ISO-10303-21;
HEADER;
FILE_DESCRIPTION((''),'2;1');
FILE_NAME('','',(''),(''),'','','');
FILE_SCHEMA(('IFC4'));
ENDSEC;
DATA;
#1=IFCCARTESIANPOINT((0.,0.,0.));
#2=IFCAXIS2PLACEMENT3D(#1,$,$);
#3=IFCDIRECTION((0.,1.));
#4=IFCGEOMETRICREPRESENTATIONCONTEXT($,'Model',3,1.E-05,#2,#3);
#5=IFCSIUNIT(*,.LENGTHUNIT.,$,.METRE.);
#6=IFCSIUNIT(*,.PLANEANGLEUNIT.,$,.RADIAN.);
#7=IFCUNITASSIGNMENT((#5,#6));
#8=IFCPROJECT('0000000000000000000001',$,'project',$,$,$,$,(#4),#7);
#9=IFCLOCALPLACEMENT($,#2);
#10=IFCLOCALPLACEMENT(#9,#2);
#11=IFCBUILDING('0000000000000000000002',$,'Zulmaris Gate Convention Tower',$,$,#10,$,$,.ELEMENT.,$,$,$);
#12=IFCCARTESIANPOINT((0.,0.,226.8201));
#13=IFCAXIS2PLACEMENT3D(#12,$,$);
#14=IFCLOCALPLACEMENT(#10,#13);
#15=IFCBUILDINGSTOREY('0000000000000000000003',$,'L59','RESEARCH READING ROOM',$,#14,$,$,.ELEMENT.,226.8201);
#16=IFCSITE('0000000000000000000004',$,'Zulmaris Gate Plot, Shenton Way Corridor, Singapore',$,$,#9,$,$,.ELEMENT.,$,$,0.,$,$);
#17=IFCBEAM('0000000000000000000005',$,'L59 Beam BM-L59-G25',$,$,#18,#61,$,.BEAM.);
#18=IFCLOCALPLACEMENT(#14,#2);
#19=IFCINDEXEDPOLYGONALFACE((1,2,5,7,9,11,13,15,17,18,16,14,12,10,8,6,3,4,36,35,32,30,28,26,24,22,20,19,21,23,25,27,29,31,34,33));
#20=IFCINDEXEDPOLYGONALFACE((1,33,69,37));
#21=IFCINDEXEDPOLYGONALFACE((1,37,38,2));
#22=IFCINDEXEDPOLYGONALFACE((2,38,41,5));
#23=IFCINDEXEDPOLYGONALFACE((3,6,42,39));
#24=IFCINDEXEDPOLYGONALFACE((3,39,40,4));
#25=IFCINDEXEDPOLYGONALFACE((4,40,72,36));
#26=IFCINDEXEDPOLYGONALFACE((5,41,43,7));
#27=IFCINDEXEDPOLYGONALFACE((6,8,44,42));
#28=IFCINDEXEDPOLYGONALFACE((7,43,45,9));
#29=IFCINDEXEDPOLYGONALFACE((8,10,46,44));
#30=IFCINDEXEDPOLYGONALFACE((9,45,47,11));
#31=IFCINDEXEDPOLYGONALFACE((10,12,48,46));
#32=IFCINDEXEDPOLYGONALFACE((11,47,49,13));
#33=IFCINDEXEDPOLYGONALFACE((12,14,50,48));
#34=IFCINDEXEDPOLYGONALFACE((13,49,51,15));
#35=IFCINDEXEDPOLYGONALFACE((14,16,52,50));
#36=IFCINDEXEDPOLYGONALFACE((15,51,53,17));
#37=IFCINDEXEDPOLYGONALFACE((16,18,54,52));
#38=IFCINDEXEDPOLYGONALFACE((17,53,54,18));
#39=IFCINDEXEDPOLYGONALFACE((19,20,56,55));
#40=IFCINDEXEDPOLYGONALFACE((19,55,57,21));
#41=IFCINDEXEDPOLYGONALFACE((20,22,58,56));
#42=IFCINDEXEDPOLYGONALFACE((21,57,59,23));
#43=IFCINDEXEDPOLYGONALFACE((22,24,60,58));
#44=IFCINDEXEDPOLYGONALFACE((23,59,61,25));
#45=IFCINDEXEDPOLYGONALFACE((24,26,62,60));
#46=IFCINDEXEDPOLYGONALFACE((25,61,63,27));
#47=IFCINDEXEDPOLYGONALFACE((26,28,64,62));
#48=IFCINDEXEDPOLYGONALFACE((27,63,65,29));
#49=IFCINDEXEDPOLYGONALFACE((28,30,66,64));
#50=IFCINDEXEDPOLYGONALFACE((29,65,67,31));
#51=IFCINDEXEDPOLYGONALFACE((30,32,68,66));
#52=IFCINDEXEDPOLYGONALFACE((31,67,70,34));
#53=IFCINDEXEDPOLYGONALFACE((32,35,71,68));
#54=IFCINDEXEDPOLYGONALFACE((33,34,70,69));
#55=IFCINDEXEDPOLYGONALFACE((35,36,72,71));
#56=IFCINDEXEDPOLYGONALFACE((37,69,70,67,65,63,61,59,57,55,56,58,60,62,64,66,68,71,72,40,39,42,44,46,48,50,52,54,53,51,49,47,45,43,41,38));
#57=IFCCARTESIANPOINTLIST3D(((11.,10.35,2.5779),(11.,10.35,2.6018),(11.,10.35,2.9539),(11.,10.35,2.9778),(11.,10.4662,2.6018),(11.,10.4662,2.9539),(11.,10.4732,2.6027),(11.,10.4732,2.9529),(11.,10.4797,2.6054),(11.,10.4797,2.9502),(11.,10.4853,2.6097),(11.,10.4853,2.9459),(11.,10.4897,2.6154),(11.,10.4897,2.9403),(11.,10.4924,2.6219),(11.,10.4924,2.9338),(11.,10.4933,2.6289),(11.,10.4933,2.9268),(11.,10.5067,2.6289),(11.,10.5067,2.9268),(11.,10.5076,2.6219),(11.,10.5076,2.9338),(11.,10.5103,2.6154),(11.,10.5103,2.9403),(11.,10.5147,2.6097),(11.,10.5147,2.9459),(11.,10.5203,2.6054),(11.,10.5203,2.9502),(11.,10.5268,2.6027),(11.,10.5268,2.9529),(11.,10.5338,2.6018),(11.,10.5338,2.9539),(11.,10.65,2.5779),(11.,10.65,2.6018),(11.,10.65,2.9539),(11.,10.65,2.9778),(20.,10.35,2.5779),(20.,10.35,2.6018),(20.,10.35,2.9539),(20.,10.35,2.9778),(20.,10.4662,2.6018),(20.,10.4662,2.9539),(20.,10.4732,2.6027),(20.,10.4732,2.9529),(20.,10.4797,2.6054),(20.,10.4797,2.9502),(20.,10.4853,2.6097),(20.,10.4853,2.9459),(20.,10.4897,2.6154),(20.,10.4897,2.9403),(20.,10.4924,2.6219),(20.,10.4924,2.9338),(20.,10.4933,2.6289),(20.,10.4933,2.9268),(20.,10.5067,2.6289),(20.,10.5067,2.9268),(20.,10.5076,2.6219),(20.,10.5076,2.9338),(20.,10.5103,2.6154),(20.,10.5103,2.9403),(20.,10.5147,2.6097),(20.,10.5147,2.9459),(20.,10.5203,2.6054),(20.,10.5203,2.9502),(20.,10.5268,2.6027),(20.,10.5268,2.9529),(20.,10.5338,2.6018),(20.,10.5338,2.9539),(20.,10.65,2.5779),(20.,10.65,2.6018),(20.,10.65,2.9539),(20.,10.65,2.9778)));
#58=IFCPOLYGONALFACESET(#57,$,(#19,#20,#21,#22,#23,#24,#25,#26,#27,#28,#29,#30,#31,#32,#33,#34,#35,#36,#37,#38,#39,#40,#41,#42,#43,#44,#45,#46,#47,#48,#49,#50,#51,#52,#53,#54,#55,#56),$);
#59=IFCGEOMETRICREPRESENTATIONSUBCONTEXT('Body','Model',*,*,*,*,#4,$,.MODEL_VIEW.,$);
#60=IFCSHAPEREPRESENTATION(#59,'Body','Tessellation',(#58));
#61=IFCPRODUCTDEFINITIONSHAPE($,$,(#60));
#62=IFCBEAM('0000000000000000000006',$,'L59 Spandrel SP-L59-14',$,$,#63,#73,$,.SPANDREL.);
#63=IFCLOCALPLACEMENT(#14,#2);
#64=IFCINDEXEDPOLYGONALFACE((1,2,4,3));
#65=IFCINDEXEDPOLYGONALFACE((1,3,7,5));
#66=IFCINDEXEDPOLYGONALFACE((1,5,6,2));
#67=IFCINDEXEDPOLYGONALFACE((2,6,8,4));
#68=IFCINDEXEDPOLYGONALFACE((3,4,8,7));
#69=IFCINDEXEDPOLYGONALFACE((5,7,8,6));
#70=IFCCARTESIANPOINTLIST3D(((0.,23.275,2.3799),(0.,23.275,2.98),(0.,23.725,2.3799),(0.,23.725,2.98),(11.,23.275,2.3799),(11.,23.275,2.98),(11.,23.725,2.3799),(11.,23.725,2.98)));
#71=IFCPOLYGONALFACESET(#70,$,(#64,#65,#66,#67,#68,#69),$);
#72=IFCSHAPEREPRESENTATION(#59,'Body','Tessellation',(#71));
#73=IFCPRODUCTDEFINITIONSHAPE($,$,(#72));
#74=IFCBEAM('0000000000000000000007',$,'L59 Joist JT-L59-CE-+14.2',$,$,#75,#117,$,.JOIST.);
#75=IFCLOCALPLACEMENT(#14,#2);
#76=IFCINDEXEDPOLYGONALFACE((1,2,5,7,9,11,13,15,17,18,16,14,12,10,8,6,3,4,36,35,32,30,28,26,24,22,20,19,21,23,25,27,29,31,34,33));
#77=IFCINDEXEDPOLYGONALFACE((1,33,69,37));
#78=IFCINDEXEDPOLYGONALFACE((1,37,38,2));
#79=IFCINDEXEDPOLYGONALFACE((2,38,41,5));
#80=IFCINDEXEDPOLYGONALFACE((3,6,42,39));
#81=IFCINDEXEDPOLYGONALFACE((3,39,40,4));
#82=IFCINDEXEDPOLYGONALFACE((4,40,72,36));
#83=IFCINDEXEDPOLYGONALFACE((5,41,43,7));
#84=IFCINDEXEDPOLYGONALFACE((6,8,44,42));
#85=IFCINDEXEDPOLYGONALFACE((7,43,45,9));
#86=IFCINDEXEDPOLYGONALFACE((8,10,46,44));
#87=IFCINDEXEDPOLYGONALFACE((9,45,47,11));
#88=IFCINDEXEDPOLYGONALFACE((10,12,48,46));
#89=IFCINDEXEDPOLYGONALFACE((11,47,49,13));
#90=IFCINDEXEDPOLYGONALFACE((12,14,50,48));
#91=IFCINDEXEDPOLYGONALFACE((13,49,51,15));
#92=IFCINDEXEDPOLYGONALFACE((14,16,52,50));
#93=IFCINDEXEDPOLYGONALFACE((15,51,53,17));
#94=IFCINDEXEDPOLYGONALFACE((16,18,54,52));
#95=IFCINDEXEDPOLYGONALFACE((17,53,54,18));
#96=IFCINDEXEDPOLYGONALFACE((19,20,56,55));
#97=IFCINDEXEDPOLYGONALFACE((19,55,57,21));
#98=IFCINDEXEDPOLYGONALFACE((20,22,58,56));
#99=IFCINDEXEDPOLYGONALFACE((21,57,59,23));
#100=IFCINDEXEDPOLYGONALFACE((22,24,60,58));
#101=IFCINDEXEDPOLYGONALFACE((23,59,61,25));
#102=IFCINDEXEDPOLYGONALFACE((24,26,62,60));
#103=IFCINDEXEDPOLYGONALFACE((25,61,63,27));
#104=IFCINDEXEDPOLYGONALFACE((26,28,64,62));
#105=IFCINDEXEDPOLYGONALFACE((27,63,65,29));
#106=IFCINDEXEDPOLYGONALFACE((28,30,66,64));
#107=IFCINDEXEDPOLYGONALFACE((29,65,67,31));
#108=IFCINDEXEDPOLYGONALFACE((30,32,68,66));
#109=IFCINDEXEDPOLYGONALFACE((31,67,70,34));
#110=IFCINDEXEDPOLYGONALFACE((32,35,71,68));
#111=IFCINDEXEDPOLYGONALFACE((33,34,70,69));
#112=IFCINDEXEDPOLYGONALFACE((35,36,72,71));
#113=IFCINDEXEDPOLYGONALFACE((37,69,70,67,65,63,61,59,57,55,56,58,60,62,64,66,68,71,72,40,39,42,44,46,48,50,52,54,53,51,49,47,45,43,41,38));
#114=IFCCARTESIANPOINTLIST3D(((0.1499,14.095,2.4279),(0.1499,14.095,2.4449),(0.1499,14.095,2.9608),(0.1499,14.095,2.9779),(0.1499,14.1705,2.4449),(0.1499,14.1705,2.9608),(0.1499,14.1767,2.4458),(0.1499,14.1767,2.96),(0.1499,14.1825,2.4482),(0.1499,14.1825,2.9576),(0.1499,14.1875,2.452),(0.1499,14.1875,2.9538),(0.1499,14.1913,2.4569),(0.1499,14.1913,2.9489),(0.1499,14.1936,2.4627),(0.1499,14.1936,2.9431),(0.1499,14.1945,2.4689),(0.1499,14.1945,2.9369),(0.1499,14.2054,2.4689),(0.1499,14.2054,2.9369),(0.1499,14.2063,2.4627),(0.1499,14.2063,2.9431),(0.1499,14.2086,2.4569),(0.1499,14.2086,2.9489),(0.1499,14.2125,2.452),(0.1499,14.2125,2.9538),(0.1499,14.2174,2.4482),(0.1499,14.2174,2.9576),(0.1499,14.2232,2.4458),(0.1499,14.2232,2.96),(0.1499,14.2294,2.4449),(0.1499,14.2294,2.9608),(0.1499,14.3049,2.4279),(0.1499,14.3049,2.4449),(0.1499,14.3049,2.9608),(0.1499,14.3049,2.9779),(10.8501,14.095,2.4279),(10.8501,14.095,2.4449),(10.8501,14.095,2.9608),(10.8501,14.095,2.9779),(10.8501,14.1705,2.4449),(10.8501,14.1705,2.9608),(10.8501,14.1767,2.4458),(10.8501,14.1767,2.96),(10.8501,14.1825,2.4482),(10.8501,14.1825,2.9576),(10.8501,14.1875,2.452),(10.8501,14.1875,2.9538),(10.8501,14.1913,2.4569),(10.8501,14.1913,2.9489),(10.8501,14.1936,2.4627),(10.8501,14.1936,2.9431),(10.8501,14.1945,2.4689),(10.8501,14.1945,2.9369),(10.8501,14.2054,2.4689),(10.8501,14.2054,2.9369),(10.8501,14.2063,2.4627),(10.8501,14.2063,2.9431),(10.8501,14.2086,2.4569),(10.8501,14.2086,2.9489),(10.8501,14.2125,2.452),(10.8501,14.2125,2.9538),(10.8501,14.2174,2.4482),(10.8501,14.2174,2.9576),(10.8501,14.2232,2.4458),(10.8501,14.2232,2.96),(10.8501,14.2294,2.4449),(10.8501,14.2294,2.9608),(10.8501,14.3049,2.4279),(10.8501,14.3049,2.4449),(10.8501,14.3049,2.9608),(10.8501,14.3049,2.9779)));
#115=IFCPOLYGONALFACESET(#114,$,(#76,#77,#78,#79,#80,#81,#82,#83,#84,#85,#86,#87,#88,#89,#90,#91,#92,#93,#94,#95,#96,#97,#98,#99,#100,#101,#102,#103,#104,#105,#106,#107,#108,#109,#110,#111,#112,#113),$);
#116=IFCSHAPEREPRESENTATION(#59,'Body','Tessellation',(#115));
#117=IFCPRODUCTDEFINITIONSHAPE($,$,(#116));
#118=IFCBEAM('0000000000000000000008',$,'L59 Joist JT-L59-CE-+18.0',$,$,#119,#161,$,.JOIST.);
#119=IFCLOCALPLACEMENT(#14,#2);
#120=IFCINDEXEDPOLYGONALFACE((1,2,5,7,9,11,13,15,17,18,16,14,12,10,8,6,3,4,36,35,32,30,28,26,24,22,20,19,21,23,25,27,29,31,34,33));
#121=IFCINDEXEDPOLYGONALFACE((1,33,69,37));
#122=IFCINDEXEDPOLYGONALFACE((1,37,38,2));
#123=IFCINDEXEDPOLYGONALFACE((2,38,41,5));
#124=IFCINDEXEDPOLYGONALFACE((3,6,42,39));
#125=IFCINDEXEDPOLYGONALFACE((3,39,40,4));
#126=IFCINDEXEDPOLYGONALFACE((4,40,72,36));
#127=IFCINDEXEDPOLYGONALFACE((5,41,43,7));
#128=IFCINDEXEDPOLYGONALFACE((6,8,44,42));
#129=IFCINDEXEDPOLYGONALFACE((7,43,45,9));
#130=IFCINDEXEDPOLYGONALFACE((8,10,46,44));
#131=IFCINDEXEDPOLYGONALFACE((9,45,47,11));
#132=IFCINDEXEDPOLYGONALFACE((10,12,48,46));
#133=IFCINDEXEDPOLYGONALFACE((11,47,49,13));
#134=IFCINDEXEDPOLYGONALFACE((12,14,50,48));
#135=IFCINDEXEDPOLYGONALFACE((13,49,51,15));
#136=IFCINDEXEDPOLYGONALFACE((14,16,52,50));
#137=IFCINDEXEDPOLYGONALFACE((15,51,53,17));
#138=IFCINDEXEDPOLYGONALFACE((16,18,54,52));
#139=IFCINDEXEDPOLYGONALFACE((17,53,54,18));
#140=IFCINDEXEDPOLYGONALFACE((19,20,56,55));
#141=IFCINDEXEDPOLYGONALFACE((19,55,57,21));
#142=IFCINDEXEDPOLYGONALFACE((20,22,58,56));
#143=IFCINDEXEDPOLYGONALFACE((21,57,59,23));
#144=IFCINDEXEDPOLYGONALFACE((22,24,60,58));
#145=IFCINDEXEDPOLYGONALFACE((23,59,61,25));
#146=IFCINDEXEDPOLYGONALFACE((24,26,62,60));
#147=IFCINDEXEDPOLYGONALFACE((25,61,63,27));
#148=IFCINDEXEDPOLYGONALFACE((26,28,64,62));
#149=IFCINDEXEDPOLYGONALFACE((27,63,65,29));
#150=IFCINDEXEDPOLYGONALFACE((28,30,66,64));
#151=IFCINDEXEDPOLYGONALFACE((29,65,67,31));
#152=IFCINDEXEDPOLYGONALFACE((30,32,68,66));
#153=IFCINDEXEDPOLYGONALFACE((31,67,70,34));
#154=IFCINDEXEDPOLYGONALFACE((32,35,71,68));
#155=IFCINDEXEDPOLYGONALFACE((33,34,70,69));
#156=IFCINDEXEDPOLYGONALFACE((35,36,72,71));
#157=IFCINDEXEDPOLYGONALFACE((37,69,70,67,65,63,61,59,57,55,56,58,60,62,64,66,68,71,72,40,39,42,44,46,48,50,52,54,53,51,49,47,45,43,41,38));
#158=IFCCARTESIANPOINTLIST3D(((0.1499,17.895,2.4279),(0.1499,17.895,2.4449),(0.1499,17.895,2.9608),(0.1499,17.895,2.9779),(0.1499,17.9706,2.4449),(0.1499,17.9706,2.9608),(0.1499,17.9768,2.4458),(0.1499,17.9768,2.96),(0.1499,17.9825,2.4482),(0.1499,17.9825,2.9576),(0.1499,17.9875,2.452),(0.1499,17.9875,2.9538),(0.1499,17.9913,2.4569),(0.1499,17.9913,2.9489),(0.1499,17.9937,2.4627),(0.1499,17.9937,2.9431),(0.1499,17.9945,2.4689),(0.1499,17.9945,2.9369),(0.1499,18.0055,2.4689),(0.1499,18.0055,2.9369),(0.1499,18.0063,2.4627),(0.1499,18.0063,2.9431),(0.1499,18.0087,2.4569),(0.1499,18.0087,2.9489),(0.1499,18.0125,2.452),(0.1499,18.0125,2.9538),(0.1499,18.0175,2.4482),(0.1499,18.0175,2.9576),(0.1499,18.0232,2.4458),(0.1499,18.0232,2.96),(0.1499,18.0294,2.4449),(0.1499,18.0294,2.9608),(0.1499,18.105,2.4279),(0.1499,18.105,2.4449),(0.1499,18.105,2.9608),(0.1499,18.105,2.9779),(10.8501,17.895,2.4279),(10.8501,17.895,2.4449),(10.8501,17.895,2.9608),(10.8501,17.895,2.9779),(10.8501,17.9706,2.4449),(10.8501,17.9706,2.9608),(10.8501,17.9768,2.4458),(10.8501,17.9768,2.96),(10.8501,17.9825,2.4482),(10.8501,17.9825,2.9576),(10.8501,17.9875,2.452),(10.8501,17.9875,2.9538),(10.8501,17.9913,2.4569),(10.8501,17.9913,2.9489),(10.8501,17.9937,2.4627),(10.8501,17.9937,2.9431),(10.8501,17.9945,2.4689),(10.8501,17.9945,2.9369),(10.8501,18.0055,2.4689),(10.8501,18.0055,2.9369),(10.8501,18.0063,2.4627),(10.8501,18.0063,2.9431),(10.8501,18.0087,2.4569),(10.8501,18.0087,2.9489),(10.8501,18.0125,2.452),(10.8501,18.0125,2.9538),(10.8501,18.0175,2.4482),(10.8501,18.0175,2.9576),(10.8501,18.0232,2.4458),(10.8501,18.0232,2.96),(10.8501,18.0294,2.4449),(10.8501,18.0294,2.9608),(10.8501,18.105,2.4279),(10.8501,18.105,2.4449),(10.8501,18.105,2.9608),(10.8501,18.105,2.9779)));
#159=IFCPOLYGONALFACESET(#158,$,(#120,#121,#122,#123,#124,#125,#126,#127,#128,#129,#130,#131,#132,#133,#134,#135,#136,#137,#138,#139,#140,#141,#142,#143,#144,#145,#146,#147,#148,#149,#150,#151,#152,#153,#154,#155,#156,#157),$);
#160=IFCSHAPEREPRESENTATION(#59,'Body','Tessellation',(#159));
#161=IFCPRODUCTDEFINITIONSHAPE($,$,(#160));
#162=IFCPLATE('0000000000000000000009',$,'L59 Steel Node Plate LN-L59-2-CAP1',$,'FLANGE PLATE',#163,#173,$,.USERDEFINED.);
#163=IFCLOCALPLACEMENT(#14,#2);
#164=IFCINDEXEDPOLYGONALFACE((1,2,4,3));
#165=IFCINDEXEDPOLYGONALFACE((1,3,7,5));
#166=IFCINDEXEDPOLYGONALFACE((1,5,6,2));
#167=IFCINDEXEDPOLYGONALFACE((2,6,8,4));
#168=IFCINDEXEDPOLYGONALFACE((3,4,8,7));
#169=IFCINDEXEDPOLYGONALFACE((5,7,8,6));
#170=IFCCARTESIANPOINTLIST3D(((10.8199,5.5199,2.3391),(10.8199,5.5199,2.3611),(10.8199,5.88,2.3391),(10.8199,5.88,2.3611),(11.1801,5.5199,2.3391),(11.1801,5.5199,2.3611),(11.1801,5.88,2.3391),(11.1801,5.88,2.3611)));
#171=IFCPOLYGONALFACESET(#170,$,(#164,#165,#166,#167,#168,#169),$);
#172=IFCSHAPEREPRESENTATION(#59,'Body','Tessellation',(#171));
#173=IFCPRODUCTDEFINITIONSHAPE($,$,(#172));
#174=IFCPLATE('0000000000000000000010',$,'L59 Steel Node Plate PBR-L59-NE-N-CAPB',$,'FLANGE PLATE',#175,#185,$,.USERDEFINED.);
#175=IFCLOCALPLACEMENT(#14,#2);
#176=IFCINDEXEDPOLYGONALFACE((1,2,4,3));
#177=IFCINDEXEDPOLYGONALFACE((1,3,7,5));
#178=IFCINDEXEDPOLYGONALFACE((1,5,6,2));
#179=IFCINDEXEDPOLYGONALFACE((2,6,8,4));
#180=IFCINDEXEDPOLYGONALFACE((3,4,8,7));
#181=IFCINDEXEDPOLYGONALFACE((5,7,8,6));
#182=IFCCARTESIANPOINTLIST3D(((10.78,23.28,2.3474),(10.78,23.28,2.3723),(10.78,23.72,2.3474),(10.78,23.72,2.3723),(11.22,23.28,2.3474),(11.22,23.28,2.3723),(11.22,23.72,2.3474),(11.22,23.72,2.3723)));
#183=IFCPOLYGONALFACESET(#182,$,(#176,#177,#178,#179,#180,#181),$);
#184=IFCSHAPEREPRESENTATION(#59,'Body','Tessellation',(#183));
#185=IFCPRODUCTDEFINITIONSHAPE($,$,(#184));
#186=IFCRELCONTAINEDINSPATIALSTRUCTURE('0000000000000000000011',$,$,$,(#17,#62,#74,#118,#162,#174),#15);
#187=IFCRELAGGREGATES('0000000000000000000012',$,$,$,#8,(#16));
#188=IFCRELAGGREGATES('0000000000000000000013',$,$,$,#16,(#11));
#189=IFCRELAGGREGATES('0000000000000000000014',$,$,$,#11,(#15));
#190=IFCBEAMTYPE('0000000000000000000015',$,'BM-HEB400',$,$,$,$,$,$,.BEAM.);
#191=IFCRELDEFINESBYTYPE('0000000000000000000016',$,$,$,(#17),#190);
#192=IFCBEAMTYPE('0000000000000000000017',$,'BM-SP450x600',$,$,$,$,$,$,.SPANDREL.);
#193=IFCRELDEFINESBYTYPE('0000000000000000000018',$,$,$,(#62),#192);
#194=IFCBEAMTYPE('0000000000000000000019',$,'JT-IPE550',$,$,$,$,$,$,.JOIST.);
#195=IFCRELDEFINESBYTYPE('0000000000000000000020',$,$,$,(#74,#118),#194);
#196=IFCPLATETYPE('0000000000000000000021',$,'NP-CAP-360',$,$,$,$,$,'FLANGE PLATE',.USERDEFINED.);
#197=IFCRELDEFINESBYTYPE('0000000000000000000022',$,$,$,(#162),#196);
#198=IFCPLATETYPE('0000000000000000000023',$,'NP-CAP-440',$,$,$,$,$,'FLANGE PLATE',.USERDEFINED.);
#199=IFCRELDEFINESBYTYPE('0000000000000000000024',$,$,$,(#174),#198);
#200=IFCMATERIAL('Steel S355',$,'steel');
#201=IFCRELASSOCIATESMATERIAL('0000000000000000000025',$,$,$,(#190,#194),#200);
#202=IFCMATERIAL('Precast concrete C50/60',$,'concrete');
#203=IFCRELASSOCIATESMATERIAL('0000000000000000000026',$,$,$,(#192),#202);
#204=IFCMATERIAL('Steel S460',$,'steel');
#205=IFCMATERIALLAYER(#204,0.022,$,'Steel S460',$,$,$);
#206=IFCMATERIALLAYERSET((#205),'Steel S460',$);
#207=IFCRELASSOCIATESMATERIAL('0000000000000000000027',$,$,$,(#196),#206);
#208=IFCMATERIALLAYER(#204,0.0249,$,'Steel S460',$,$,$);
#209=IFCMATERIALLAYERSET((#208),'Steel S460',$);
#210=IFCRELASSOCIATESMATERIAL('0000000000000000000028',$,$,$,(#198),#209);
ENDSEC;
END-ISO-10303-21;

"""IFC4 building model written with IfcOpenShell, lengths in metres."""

from ifc_helpers import new_model, si_unit, direction, frame, origin, origin_2d, place, context, subcontext, project, spatial, rectangle, i_section, extrude, material, layer, layer_set, material_profile, profile_set, type_object, element, save


model = new_model("IFC4")

# Units and contexts
model_context = context("Model", 3, precision=1e-05, world=origin(), true_north=direction((0.0, 1.0)))
body_context = subcontext(model_context, "Body", "Model", "MODEL_VIEW")
ifc_project = project(units=[si_unit("LENGTHUNIT", "METRE"), si_unit("PLANEANGLEUNIT", "RADIAN")], contexts=[model_context])

# Site, building, storey
site_placement = place(None, origin())
site = spatial("IfcSite", under=ifc_project, at=site_placement, Name="Zulmaris Gate Plot, Shenton Way Corridor, Singapore", CompositionType="ELEMENT", RefElevation=0.0)
building_placement = place(site_placement, origin())
building = spatial("IfcBuilding", under=site, at=building_placement, Name="Zulmaris Gate Convention Tower", CompositionType="ELEMENT")
storey_placement = place(building_placement, frame((0.0, 0.0, 226.8201)))
storey = spatial("IfcBuildingStorey", under=building, at=storey_placement, Name="L59", Description="RESEARCH READING ROOM", CompositionType="ELEMENT", Elevation=226.8201)

# Beams
ifc_material_1 = material(Name="Steel S355", Category="steel")
ifc_material_profile_1 = material_profile(ifc_material_1, i_section(OverallWidth=0.3, OverallDepth=0.3999, WebThickness=0.0134, FlangeThickness=0.0239, FilletRadius=0.0271, at=origin_2d()), Name="HEB 400")
ifc_profile_set_1 = profile_set([ifc_material_profile_1], Name="Steel S355")
beam_type_1 = type_object("IfcBeamType", Name="BM-HEB400", PredefinedType="BEAM", material=ifc_profile_set_1)
beam_1_placement = place(storey_placement, frame((11.0, 10.5, 2.7778), z_axis=(1.0, 0.0, 0.0), x_axis=(0.0, 1.0, 0.0)))
element("IfcBeam", 1, at=beam_1_placement, inside=storey, type_object=beam_type_1, Name="L59 Beam BM-L59-G25", PredefinedType="BEAM", context=body_context, shape_type="SweptSolid", body=[
    extrude(i_section(OverallWidth=0.3, OverallDepth=0.3999, WebThickness=0.0134, FlangeThickness=0.0239, FilletRadius=0.0271, at=origin_2d()), origin(), (0.0, 0.0, 1.0), 9.0),
])
ifc_material_2 = material(Name="Precast concrete C50/60", Category="concrete")
ifc_material_profile_2 = material_profile(ifc_material_2, rectangle(XDim=0.45, YDim=0.6001, at=origin_2d()), Name="RC SPANDREL 450x600")
ifc_profile_set_2 = profile_set([ifc_material_profile_2], Name="Precast concrete C50/60")
beam_type_2 = type_object("IfcBeamType", Name="BM-SP450x600", PredefinedType="SPANDREL", material=ifc_profile_set_2)
beam_2_placement = place(storey_placement, frame((11.0, 23.5, 2.6799), z_axis=(-1.0, 0.0, 0.0), x_axis=(0.0, -1.0, 0.0)))
element("IfcBeam", 2, at=beam_2_placement, inside=storey, type_object=beam_type_2, Name="L59 Spandrel SP-L59-14", PredefinedType="SPANDREL", context=body_context, shape_type="SweptSolid", body=[
    extrude(rectangle(XDim=0.45, YDim=0.6001, at=origin_2d()), origin(), (0.0, 0.0, 1.0), 11.0),
])
ifc_material_profile_3 = material_profile(ifc_material_1, i_section(OverallWidth=0.21, OverallDepth=0.55, WebThickness=0.011, FlangeThickness=0.0171, FilletRadius=0.0239, at=origin_2d()), Name="IPE 550")
ifc_profile_set_3 = profile_set([ifc_material_profile_3], Name="Steel S355")
beam_type_3 = type_object("IfcBeamType", Name="JT-IPE550", PredefinedType="JOIST", material=ifc_profile_set_3)
for number, where, z_axis, x_axis, name in (
    (3, (0.1499, 14.2, 2.7029), (1.0, 0.0, 0.0), (0.0, 1.0, 0.0), "L59 Joist JT-L59-CE-+14.2"),
    (4, (0.1499, 18.0, 2.7029), (1.0, 0.0, 0.0), (0.0, 1.0, 0.0), "L59 Joist JT-L59-CE-+18.0"),
):
    element("IfcBeam", number, at=place(storey_placement, frame(where, z_axis=z_axis, x_axis=x_axis)), inside=storey, type_object=beam_type_3, Name=name, PredefinedType="JOIST", context=body_context, shape_type="SweptSolid", body=[
        extrude(i_section(OverallWidth=0.21, OverallDepth=0.55, WebThickness=0.011, FlangeThickness=0.0171, FilletRadius=0.0239, at=origin_2d()), origin(), (0.0, 0.0, 1.0), 10.7002),
    ])

# Plates
ifc_material_3 = material(Name="Steel S460", Category="steel")
ifc_layer_1 = layer(ifc_material_3, 0.022, Name="Steel S460")
ifc_layer_set_1 = layer_set([ifc_layer_1], Name="Steel S460")
plate_type_1 = type_object("IfcPlateType", Name="NP-CAP-360", ElementType="FLANGE PLATE", PredefinedType="USERDEFINED", material=ifc_layer_set_1)
plate_1_placement = place(storey_placement, frame((11.0, 5.7, 2.3391), z_axis=(0.0, 0.0, 1.0), x_axis=(1.0, 0.0, 0.0)))
element("IfcPlate", 5, at=plate_1_placement, inside=storey, type_object=plate_type_1, Name="L59 Steel Node Plate LN-L59-2-CAP1", ObjectType="FLANGE PLATE", PredefinedType="USERDEFINED", context=body_context, shape_type="SweptSolid", body=[
    extrude(rectangle(XDim=0.3601, YDim=0.3601, at=origin_2d()), origin(), (0.0, 0.0, 1.0), 0.022),
])
ifc_layer_2 = layer(ifc_material_3, 0.0249, Name="Steel S460")
ifc_layer_set_2 = layer_set([ifc_layer_2], Name="Steel S460")
plate_type_2 = type_object("IfcPlateType", Name="NP-CAP-440", ElementType="FLANGE PLATE", PredefinedType="USERDEFINED", material=ifc_layer_set_2)
plate_2_placement = place(storey_placement, frame((11.0, 23.5, 2.3474), z_axis=(0.0, 0.0, 1.0), x_axis=(1.0, 0.0, 0.0)))
element("IfcPlate", 6, at=plate_2_placement, inside=storey, type_object=plate_type_2, Name="L59 Steel Node Plate PBR-L59-NE-N-CAPB", ObjectType="FLANGE PLATE", PredefinedType="USERDEFINED", context=body_context, shape_type="SweptSolid", body=[
    extrude(rectangle(XDim=0.4399, YDim=0.4399, at=origin_2d()), origin(), (0.0, 0.0, 1.0), 0.0249),
])

save(model, "model.ifc")
